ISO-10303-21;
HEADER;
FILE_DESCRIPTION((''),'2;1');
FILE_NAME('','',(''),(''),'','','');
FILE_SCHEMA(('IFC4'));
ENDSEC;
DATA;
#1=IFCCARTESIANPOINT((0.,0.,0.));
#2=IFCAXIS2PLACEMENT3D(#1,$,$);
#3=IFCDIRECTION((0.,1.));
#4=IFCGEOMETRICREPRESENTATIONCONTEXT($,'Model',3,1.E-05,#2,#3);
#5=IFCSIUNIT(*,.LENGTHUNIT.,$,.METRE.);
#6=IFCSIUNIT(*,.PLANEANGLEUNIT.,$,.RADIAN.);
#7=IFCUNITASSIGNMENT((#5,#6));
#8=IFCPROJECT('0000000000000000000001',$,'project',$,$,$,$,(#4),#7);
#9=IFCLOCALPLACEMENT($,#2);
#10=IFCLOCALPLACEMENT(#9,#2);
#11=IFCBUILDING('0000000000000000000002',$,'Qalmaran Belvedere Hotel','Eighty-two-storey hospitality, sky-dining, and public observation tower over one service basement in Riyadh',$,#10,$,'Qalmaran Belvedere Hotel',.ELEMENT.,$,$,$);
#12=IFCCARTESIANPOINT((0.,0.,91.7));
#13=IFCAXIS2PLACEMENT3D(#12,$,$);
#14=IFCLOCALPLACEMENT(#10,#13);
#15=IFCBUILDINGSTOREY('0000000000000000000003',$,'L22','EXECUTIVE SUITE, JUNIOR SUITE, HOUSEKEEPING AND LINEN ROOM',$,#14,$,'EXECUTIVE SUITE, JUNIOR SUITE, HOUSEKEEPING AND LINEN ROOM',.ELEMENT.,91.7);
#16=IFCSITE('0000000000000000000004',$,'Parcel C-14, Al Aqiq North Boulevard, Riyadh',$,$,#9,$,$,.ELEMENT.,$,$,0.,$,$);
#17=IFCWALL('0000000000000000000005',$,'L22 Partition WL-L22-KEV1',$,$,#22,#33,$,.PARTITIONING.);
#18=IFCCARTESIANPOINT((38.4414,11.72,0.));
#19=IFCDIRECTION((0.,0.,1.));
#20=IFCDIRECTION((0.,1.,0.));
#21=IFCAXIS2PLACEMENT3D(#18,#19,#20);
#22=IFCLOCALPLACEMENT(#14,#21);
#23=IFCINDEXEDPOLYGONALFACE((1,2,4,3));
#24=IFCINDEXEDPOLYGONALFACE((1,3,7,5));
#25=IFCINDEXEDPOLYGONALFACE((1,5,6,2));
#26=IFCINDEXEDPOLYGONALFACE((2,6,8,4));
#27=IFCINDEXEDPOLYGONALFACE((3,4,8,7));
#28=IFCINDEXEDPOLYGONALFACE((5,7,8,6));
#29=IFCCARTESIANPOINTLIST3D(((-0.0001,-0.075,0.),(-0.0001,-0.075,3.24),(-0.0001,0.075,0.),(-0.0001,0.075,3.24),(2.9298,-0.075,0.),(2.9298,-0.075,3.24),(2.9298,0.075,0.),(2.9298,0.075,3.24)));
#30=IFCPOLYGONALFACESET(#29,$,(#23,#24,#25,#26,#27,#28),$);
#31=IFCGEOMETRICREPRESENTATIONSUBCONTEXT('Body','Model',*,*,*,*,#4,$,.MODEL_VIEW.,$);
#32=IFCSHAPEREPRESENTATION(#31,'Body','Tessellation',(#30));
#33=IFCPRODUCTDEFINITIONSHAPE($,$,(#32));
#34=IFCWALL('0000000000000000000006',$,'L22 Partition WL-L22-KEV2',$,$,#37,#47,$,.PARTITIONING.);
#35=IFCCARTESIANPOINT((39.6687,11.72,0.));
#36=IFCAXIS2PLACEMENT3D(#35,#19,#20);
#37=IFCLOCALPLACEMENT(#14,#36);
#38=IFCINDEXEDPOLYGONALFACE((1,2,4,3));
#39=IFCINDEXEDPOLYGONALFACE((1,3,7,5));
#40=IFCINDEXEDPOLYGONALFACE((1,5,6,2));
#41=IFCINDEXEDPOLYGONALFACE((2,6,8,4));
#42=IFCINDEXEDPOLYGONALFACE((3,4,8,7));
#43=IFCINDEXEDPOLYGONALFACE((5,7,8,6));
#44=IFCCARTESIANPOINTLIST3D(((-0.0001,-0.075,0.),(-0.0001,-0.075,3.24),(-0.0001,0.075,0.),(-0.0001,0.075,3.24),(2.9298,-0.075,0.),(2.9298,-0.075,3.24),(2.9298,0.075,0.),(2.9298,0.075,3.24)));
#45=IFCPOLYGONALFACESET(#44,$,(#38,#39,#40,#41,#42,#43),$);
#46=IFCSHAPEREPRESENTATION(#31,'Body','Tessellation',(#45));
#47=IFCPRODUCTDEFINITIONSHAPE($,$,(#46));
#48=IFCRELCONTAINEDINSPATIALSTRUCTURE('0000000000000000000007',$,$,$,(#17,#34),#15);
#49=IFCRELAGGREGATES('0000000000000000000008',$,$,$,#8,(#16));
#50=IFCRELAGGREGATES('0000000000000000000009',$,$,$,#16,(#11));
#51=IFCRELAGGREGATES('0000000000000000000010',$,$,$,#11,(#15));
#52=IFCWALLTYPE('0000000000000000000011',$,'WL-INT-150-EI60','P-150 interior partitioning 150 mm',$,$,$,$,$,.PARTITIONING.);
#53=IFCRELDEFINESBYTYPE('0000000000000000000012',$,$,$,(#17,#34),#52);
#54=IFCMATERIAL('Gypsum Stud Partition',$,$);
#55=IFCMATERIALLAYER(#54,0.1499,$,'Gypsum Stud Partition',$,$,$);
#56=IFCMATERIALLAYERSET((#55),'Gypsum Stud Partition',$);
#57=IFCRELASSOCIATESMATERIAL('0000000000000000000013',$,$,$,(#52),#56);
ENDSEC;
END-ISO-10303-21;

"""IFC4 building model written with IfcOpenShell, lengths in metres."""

from ifc_helpers import new_model, si_unit, direction, frame, frame_2d, origin, place, context, subcontext, project, spatial, rectangle, extrude, material, layer, layer_set, type_object, element, save


model = new_model("IFC4")

# Units and contexts
model_context = context("Model", 3, precision=1e-05, world=origin(), true_north=direction((0.0, 1.0)))
body_context = subcontext(model_context, "Body", "Model", "MODEL_VIEW")
ifc_project = project(units=[si_unit("LENGTHUNIT", "METRE"), si_unit("PLANEANGLEUNIT", "RADIAN")], contexts=[model_context])

# Site, building, storey
site_placement = place(None, origin())
site = spatial("IfcSite", under=ifc_project, at=site_placement, Name="Parcel C-14, Al Aqiq North Boulevard, Riyadh", CompositionType="ELEMENT", RefElevation=0.0)
building_placement = place(site_placement, origin())
building = spatial("IfcBuilding", under=site, at=building_placement, Name="Qalmaran Belvedere Hotel", Description="Eighty-two-storey hospitality, sky-dining, and public observation tower over one service basement in Riyadh", LongName="Qalmaran Belvedere Hotel", CompositionType="ELEMENT")
storey_placement = place(building_placement, frame((0.0, 0.0, 91.7)))
storey = spatial("IfcBuildingStorey", under=building, at=storey_placement, Name="L22", Description="EXECUTIVE SUITE, JUNIOR SUITE, HOUSEKEEPING AND LINEN ROOM", LongName="EXECUTIVE SUITE, JUNIOR SUITE, HOUSEKEEPING AND LINEN ROOM", CompositionType="ELEMENT", Elevation=91.7)

# Walls
ifc_material_1 = material(Name="Gypsum Stud Partition")
ifc_layer_1 = layer(ifc_material_1, 0.1499, Name="Gypsum Stud Partition")
ifc_layer_set_1 = layer_set([ifc_layer_1], Name="Gypsum Stud Partition")
wall_type_1 = type_object("IfcWallType", Name="WL-INT-150-EI60", Description="P-150 interior partitioning 150 mm", PredefinedType="PARTITIONING", material=ifc_layer_set_1)
for number, where, z_axis, x_axis, name in (
    (1, (38.4414, 11.72, 0.0), (0.0, 0.0, 1.0), (0.0, 1.0, 0.0), "L22 Partition WL-L22-KEV1"),
    (2, (39.6687, 11.72, 0.0), (0.0, 0.0, 1.0), (0.0, 1.0, 0.0), "L22 Partition WL-L22-KEV2"),
):
    element("IfcWall", number, at=place(storey_placement, frame(where, z_axis=z_axis, x_axis=x_axis)), inside=storey, type_object=wall_type_1, Name=name, PredefinedType="PARTITIONING", context=body_context, shape_type="SweptSolid", body=[
        extrude(rectangle(XDim=2.9299, YDim=0.1499, at=frame_2d((1.4648, 0.0))), origin(), (0.0, 0.0, 1.0), 3.24),
    ])

save(model, "model.ifc")
